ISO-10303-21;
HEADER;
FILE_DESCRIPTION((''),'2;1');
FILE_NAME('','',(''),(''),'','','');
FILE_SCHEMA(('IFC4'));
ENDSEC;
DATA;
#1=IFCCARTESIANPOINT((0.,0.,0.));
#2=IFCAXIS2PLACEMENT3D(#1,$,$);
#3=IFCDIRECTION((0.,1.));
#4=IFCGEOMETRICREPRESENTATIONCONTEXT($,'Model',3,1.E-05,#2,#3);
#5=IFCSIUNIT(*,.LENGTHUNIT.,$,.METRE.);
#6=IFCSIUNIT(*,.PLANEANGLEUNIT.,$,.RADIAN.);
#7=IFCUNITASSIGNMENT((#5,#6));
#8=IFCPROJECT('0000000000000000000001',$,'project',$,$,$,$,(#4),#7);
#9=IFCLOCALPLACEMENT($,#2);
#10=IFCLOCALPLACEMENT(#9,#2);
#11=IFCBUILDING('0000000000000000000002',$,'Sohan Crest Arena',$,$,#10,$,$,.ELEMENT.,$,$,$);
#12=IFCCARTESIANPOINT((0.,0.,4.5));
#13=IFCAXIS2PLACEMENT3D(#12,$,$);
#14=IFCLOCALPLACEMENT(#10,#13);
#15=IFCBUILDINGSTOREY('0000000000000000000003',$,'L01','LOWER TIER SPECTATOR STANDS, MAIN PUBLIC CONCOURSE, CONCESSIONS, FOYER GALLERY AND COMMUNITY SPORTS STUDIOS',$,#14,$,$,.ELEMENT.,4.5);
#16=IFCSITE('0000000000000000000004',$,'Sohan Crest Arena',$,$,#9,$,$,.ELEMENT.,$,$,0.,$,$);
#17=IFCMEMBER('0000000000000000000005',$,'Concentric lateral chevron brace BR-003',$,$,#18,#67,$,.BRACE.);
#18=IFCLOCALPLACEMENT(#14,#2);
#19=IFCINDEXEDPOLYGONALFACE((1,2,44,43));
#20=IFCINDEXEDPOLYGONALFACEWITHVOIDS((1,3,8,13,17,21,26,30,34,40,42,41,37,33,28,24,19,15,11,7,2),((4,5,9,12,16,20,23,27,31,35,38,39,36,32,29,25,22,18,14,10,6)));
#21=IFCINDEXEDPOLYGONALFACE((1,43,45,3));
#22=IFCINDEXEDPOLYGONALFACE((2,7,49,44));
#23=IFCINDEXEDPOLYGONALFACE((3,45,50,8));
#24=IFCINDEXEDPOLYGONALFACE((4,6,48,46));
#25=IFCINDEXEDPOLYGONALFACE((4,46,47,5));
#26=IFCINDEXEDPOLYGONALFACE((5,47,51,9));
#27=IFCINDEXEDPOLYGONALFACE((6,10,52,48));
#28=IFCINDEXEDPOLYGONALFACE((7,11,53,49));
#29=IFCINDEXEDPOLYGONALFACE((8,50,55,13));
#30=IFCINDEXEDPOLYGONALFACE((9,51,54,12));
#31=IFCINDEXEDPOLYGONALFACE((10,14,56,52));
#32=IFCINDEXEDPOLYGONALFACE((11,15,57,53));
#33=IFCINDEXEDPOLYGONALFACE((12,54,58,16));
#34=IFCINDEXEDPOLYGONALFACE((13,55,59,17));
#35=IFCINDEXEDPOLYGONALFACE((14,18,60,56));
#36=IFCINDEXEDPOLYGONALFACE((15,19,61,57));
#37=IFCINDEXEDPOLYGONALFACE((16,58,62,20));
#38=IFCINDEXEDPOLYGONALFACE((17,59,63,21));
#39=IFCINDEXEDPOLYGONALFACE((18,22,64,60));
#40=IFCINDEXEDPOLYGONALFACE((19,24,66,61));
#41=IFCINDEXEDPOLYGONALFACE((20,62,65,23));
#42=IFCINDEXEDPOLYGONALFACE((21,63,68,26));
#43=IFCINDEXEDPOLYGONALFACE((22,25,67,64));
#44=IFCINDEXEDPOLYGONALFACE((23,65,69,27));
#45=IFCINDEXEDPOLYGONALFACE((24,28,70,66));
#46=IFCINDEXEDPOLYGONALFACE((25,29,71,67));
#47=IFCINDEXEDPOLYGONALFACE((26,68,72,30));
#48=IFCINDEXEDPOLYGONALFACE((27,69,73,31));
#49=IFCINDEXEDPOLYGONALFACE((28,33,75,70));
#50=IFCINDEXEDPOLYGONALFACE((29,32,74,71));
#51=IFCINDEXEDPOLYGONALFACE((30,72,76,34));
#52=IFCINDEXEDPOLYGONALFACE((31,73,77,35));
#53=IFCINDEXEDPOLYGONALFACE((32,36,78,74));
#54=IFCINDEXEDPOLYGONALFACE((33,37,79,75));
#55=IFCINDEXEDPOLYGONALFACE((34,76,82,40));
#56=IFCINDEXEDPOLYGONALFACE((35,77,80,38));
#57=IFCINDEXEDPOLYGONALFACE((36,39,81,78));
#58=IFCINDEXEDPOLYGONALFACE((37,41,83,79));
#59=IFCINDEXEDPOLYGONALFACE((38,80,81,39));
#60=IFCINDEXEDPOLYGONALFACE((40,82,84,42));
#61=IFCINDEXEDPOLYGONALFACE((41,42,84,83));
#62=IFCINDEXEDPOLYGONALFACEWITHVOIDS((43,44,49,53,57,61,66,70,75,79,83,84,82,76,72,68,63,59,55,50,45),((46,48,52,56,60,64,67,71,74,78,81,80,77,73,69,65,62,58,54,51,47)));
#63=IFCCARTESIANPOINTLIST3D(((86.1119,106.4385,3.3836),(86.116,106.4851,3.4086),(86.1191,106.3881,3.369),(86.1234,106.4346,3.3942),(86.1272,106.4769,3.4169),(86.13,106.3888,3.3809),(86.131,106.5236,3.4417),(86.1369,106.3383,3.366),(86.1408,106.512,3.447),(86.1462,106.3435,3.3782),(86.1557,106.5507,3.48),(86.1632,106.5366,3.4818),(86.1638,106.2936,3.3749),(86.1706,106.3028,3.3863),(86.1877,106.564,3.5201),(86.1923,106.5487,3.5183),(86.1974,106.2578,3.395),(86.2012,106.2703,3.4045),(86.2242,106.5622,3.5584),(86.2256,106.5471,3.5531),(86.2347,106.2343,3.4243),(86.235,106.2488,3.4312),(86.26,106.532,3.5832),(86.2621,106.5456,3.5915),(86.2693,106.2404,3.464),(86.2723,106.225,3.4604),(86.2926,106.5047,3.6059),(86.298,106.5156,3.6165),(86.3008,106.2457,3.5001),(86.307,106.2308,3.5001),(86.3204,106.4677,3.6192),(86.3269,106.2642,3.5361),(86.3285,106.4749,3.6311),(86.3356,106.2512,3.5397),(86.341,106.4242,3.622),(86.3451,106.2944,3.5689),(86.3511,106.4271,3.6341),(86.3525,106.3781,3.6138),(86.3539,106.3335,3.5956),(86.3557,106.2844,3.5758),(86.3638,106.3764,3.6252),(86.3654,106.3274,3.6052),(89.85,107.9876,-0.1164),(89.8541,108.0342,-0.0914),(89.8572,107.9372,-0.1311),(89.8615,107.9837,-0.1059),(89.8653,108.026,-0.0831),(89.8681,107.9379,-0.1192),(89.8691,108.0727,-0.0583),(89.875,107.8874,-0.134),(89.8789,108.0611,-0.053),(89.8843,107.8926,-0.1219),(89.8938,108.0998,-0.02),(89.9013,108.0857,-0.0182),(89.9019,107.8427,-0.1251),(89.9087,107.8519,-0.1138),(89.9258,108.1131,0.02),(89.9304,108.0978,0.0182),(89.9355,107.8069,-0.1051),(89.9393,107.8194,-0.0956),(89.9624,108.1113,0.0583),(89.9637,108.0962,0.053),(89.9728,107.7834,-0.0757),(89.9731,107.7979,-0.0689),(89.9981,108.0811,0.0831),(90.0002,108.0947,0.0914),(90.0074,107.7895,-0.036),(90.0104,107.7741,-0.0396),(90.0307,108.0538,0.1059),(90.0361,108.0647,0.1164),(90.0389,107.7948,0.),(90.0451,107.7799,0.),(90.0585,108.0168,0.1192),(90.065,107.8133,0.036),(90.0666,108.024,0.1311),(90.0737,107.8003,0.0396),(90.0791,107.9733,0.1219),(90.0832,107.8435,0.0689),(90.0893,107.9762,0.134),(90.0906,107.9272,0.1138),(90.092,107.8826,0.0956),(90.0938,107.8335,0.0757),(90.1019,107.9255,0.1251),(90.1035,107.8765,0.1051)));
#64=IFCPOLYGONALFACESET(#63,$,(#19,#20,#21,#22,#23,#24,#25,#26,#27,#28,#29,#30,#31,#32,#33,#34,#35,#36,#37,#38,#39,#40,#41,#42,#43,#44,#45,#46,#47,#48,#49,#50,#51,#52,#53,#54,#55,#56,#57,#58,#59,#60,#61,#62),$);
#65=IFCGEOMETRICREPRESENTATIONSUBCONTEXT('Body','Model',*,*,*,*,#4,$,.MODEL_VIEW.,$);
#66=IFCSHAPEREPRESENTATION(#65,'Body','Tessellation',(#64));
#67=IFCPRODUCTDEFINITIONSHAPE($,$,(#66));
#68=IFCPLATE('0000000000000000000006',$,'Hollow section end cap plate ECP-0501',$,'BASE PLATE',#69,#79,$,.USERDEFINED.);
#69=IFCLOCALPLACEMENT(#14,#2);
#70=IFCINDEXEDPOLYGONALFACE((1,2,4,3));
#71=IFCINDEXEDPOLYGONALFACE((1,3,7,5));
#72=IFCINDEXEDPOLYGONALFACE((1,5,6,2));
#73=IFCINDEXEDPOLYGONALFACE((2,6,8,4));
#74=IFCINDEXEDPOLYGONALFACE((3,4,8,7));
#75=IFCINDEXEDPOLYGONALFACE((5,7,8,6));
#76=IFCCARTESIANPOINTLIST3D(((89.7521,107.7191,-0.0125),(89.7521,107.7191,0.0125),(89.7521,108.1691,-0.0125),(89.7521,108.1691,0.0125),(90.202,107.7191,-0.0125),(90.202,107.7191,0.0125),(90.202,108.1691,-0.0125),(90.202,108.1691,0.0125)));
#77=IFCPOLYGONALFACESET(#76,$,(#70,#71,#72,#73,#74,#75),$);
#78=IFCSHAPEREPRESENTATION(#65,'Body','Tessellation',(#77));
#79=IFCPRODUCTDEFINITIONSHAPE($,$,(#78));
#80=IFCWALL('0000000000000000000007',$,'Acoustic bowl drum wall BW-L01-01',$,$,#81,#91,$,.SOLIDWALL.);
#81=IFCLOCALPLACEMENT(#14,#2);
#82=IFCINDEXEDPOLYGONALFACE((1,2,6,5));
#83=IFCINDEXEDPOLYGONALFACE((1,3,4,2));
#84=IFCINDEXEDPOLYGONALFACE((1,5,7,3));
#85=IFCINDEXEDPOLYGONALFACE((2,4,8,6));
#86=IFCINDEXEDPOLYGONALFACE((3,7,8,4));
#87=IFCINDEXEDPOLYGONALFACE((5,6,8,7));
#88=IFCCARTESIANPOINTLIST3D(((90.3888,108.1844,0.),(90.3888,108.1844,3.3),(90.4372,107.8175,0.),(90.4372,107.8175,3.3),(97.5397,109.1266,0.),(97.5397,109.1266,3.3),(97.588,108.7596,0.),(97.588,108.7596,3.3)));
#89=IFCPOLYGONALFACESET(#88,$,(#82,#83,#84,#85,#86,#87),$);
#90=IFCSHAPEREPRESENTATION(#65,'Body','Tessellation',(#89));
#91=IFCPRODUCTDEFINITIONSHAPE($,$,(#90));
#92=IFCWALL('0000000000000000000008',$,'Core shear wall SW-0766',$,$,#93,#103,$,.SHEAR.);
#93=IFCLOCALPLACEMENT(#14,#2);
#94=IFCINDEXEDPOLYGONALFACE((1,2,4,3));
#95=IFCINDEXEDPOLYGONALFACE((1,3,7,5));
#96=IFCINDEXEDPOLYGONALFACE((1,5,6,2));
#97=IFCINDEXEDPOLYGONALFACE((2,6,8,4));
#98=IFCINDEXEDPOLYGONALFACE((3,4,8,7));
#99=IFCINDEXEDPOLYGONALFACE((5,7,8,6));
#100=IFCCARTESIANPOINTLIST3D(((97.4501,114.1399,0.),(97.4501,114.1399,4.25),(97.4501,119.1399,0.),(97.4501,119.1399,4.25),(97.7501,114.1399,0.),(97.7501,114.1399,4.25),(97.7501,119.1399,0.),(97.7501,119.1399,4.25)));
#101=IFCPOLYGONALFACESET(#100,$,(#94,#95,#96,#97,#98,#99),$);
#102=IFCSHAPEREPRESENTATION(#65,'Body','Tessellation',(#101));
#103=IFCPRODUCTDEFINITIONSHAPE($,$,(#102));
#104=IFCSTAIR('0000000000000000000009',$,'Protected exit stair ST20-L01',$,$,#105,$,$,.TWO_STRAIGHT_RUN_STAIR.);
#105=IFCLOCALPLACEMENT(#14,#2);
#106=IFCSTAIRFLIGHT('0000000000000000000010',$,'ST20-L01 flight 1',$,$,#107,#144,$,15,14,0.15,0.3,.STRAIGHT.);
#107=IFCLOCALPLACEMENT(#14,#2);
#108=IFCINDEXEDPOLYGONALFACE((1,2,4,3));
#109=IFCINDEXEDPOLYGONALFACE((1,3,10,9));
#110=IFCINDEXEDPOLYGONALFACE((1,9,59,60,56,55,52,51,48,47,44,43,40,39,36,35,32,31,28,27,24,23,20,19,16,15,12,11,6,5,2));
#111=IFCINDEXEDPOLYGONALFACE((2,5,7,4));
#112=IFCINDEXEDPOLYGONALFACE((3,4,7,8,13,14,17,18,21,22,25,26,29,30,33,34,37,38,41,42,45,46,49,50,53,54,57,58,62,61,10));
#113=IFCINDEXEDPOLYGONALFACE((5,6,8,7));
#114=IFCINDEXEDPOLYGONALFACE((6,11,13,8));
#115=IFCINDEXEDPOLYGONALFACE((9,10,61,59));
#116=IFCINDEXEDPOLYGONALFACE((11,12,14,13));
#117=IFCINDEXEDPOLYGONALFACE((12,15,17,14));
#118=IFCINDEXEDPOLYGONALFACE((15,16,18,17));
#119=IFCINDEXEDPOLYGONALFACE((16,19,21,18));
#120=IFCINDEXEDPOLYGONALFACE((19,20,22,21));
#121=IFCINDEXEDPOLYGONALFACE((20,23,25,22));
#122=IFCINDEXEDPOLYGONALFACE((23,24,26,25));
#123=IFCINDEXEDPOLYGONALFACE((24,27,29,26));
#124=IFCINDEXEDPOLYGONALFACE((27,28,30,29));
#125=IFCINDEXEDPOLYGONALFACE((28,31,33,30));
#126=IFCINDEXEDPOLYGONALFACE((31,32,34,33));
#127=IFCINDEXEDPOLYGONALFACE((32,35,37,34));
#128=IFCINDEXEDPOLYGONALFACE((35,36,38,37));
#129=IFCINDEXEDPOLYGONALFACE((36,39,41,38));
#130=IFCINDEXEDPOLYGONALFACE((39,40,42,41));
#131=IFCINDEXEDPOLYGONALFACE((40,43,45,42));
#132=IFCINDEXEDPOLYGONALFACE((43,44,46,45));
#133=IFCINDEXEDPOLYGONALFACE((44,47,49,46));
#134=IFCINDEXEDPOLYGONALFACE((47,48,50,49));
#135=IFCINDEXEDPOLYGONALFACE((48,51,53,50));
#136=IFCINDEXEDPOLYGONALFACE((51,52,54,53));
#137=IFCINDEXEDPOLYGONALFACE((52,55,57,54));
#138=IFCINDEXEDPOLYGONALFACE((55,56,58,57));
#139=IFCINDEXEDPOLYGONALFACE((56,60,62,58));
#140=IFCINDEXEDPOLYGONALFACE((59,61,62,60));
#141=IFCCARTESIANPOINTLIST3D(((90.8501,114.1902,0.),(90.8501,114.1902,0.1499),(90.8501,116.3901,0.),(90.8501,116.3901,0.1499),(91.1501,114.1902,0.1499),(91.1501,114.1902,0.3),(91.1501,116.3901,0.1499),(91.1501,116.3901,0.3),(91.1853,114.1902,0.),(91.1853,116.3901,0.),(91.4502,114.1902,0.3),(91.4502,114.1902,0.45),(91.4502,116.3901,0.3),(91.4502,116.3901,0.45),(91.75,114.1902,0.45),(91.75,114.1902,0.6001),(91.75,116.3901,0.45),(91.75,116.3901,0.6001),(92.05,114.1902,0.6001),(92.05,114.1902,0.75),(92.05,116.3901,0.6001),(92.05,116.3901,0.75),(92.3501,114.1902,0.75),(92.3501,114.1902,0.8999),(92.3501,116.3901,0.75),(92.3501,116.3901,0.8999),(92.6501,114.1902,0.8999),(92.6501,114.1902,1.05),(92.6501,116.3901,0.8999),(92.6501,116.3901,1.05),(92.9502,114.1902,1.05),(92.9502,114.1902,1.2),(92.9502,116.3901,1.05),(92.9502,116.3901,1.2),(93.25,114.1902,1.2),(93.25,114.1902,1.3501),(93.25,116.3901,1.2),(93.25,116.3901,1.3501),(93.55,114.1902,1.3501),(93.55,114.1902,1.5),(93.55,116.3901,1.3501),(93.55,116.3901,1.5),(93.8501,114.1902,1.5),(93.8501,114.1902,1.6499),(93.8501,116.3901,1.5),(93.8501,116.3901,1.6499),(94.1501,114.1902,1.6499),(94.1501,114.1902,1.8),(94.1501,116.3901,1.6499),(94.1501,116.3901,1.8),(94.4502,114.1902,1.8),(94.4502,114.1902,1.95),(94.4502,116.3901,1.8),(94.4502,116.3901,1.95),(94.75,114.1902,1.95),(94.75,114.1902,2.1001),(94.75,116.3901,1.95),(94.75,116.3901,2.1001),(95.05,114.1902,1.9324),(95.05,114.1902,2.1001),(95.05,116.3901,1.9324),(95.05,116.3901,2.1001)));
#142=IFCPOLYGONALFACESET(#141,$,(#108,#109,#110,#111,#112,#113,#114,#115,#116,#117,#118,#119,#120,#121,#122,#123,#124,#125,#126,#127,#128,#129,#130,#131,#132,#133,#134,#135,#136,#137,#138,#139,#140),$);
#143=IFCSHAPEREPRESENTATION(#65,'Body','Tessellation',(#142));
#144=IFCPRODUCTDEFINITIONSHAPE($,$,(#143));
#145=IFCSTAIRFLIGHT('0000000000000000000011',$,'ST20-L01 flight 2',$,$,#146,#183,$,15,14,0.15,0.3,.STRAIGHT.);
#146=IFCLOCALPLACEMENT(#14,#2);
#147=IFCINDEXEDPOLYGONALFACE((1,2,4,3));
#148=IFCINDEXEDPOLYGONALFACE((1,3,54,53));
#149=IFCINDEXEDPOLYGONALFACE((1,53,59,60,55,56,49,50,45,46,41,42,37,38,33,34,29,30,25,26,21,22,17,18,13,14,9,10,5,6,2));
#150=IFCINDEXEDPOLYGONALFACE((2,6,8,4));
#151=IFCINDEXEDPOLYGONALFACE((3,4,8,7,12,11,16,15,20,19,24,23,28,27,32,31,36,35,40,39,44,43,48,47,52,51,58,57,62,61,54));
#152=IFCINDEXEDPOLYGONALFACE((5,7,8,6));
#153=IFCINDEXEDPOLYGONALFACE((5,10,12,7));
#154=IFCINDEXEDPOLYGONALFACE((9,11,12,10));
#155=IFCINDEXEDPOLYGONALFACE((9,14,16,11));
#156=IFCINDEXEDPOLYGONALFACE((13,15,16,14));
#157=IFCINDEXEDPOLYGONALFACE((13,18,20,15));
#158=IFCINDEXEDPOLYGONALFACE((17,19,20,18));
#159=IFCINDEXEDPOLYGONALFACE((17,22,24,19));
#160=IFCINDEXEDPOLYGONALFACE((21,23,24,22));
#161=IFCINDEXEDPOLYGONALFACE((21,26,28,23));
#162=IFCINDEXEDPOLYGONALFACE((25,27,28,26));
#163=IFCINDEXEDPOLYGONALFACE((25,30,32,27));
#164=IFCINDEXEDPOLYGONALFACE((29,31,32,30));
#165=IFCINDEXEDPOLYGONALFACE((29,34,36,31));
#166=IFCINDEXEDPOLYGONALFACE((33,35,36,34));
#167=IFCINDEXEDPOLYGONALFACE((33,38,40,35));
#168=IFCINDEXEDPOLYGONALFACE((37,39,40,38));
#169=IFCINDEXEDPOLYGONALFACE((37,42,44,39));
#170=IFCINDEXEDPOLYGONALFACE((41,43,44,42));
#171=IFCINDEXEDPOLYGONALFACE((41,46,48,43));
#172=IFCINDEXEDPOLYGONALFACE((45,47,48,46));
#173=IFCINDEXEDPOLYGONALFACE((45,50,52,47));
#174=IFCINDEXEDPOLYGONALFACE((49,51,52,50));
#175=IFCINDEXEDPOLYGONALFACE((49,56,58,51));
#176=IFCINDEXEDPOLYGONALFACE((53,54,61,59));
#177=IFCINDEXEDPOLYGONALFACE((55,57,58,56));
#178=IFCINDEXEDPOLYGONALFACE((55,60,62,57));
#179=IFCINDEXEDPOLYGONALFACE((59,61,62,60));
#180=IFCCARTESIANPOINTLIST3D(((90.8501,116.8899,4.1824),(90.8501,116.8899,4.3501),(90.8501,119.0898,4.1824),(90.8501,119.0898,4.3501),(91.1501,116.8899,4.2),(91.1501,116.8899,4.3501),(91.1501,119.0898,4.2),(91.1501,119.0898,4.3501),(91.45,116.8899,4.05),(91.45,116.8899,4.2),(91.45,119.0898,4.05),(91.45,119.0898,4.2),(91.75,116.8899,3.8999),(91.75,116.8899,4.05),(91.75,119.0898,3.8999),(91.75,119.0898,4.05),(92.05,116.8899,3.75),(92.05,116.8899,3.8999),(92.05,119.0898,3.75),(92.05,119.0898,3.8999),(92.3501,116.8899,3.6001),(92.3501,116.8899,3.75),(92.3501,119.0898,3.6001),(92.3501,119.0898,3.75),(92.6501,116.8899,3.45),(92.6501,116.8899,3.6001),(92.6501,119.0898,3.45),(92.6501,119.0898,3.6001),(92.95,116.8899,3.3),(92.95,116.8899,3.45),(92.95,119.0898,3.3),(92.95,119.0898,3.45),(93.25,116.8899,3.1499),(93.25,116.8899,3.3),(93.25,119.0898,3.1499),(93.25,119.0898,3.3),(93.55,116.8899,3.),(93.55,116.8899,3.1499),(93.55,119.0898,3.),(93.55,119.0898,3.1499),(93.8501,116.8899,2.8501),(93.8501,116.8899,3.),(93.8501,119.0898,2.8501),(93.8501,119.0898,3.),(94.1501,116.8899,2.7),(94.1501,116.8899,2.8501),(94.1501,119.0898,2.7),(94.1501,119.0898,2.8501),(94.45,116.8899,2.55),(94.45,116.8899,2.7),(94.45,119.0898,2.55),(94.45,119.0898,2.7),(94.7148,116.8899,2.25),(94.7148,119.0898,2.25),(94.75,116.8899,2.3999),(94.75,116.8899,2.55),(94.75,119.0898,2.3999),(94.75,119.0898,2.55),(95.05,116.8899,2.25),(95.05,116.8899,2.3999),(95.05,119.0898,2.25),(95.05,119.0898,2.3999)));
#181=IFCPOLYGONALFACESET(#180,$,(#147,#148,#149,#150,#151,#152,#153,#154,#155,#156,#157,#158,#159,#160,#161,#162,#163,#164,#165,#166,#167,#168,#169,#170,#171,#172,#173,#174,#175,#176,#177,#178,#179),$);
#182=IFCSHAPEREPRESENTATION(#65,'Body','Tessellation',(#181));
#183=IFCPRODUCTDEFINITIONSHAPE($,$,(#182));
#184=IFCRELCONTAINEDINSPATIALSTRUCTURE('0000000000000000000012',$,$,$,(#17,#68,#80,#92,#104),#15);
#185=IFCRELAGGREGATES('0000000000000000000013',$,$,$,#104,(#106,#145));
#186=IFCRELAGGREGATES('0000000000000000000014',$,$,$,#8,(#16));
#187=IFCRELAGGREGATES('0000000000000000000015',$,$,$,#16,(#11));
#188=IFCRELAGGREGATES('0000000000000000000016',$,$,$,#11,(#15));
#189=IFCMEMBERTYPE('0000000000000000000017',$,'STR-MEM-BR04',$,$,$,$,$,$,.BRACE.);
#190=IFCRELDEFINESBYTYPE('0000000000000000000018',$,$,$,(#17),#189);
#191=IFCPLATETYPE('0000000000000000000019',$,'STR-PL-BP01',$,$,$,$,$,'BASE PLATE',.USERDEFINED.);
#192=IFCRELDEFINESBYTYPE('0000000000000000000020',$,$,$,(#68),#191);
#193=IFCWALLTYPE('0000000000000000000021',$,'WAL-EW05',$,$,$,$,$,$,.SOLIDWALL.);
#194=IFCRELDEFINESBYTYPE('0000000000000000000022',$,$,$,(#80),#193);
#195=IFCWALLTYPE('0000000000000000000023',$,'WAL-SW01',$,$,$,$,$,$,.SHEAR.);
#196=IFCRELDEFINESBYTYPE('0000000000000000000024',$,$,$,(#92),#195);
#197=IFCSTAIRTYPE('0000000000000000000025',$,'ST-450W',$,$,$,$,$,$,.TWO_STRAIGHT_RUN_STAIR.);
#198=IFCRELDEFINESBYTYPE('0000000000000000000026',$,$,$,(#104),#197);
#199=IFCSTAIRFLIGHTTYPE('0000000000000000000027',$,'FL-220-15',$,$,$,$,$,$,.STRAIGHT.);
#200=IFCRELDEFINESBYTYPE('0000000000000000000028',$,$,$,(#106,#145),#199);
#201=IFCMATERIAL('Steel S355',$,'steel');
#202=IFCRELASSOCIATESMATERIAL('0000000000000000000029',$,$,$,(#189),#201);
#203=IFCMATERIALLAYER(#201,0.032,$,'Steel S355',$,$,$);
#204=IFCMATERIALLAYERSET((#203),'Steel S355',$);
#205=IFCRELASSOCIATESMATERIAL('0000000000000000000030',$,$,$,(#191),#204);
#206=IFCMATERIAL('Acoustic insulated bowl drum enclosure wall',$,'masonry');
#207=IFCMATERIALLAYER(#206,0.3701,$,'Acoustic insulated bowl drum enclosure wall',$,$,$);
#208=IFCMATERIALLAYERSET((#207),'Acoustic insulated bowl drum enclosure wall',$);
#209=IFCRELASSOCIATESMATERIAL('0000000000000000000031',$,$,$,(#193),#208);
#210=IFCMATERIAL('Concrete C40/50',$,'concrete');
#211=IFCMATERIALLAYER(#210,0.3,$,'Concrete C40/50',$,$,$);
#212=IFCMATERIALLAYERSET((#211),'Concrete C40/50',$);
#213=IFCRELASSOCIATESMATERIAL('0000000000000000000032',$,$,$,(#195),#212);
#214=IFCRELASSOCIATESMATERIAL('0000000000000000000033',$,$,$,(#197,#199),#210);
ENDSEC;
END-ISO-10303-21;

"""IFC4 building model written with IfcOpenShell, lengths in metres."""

from ifc_helpers import new_model, si_unit, direction, frame, frame_2d, origin, origin_2d, place, context, subcontext, project, spatial, polyline, rectangle, hollow_circle, outline, extrude, material, layer, layer_set, material_profile, profile_set, type_object, element, aggregate, save


model = new_model("IFC4")

# Units and contexts
model_context = context("Model", 3, precision=1e-05, world=origin(), true_north=direction((0.0, 1.0)))
body_context = subcontext(model_context, "Body", "Model", "MODEL_VIEW")
ifc_project = project(units=[si_unit("LENGTHUNIT", "METRE"), si_unit("PLANEANGLEUNIT", "RADIAN")], contexts=[model_context])

# Site, building, storey
site_placement = place(None, origin())
site = spatial("IfcSite", under=ifc_project, at=site_placement, Name="Sohan Crest Arena", CompositionType="ELEMENT", RefElevation=0.0)
building_placement = place(site_placement, origin())
building = spatial("IfcBuilding", under=site, at=building_placement, Name="Sohan Crest Arena", CompositionType="ELEMENT")
storey_placement = place(building_placement, frame((0.0, 0.0, 4.5)))
storey = spatial("IfcBuildingStorey", under=building, at=storey_placement, Name="L01", Description="LOWER TIER SPECTATOR STANDS, MAIN PUBLIC CONCOURSE, CONCESSIONS, FOYER GALLERY AND COMMUNITY SPORTS STUDIOS", CompositionType="ELEMENT", Elevation=4.5)

# Shared definitions
ifc_material_1 = material(Name="Concrete C40/50", Category="concrete")
ifc_material_2 = material(Name="Steel S355", Category="steel")

# Member
ifc_material_profile_1 = material_profile(ifc_material_2, hollow_circle(Radius=0.1777, WallThickness=0.0161, at=origin_2d()), Name="CHS 355.6x16")
ifc_profile_set_1 = profile_set([ifc_material_profile_1], Name="Steel S355")
member_type = type_object("IfcMemberType", Name="STR-MEM-BR04", PredefinedType="BRACE", material=ifc_profile_set_1)
member_placement = place(storey_placement, frame((89.9771, 107.9441, 0.0), z_axis=(-0.698698, -0.289546, 0.654205), x_axis=(0.382837, -0.923816, 0.0)))
element("IfcMember", 1, at=member_placement, inside=storey, type_object=member_type, Name="Concentric lateral chevron brace BR-003", PredefinedType="BRACE", context=body_context, shape_type="SweptSolid", body=[
    extrude(hollow_circle(Radius=0.1777, WallThickness=0.0161, at=origin_2d()), origin(), (0.0, 0.0, 1.0), 5.3501),
])

# Plate
ifc_layer_1 = layer(ifc_material_2, 0.032, Name="Steel S355")
ifc_layer_set_1 = layer_set([ifc_layer_1], Name="Steel S355")
plate_type = type_object("IfcPlateType", Name="STR-PL-BP01", ElementType="BASE PLATE", PredefinedType="USERDEFINED", material=ifc_layer_set_1)
plate_placement = place(storey_placement, frame((89.9771, 107.9441, -0.0125), z_axis=(0.0, 0.0, 1.0), x_axis=(1.0, 0.0, 0.0)))
element("IfcPlate", 2, at=plate_placement, inside=storey, type_object=plate_type, Name="Hollow section end cap plate ECP-0501", ObjectType="BASE PLATE", PredefinedType="USERDEFINED", context=body_context, shape_type="SweptSolid", body=[
    extrude(rectangle(XDim=0.45, YDim=0.45, at=origin_2d()), origin(), (0.0, 0.0, 1.0), 0.0249),
])

# Walls
ifc_material_3 = material(Name="Acoustic insulated bowl drum enclosure wall", Category="masonry")
ifc_layer_2 = layer(ifc_material_3, 0.3701, Name="Acoustic insulated bowl drum enclosure wall")
ifc_layer_set_2 = layer_set([ifc_layer_2], Name="Acoustic insulated bowl drum enclosure wall")
wall_type_1 = type_object("IfcWallType", Name="WAL-EW05", PredefinedType="SOLIDWALL", material=ifc_layer_set_2)
wall_1_placement = place(storey_placement, frame((97.564, 108.9431, 0.0), z_axis=(0.0, 0.0, 1.0), x_axis=(-0.991432, -0.130623, 0.0)))
element("IfcWall", 3, at=wall_1_placement, inside=storey, type_object=wall_type_1, Name="Acoustic bowl drum wall BW-L01-01", PredefinedType="SOLIDWALL", context=body_context, shape_type="SweptSolid", body=[
    extrude(rectangle(XDim=7.2126, YDim=0.3701, at=frame_2d((3.6064, 0.0))), origin(), (0.0, 0.0, 1.0), 3.3),
])
ifc_layer_3 = layer(ifc_material_1, 0.3, Name="Concrete C40/50")
ifc_layer_set_3 = layer_set([ifc_layer_3], Name="Concrete C40/50")
wall_type_2 = type_object("IfcWallType", Name="WAL-SW01", PredefinedType="SHEAR", material=ifc_layer_set_3)
wall_2_placement = place(storey_placement, frame((97.6001, 114.1399, 0.0), z_axis=(0.0, 0.0, 1.0), x_axis=(0.0, 1.0, 0.0)))
element("IfcWall", 4, at=wall_2_placement, inside=storey, type_object=wall_type_2, Name="Core shear wall SW-0766", PredefinedType="SHEAR", context=body_context, shape_type="SweptSolid", body=[
    extrude(rectangle(XDim=5.0, YDim=0.3, at=frame_2d((2.5, 0.0))), origin(), (0.0, 0.0, 1.0), 4.25),
])

# Stair, stair flights
stair_type = type_object("IfcStairType", Name="ST-450W", PredefinedType="TWO_STRAIGHT_RUN_STAIR", material=ifc_material_1)
stair_placement = place(storey_placement, origin())
stair = element("IfcStair", 5, at=stair_placement, inside=storey, type_object=stair_type, Name="Protected exit stair ST20-L01", PredefinedType="TWO_STRAIGHT_RUN_STAIR")
stair_flight_type = type_object("IfcStairFlightType", Name="FL-220-15", PredefinedType="STRAIGHT", material=ifc_material_1)
stair_flight_1_placement = place(storey_placement, frame((90.8501, 115.29, 0.0), z_axis=(0.0, 0.0, 1.0), x_axis=(1.0, 0.0, 0.0)))
stair_flight_1 = element("IfcStairFlight", 6, at=stair_flight_1_placement, type_object=stair_flight_type, Name="ST20-L01 flight 1", NumberOfRisers=15, NumberOfTreads=14, PredefinedType="STRAIGHT", RiserHeight=0.15, TreadLength=0.3, context=body_context, shape_type="SweptSolid", body=[
    extrude(outline(polyline([(0.0, 0.0), (0.0, 0.1499), (0.3, 0.1499), (0.3, 0.3), (0.6001, 0.3), (0.6001, 0.45), (0.8999, 0.45), (0.8999, 0.6001), (1.2, 0.6001), (1.2, 0.75), (1.5, 0.75), (1.5, 0.8999), (1.8, 0.8999), (1.8, 1.05), (2.1001, 1.05), (2.1001, 1.2), (2.3999, 1.2), (2.3999, 1.3501), (2.7, 1.3501), (2.7, 1.5), (3.0, 1.5), (3.0, 1.6499), (3.3, 1.6499), (3.3, 1.8), (3.6001, 1.8), (3.6001, 1.95), (3.8999, 1.95), (3.8999, 2.1001), (4.2, 2.1001), (4.2, 2.25), (4.2, 1.9324), (0.3352, 0.0), (0.0, 0.0)])), frame((0.0, 1.1001, 0.0), z_axis=(0.0, -1.0, 0.0), x_axis=(1.0, 0.0, 0.0)), (0.0, 0.0, 1.0), 2.2),
])
stair_flight_2_placement = place(storey_placement, frame((95.05, 117.99, 2.25), z_axis=(0.0, 0.0, 1.0), x_axis=(-1.0, 0.0, 0.0)))
stair_flight_2 = element("IfcStairFlight", 7, at=stair_flight_2_placement, type_object=stair_flight_type, Name="ST20-L01 flight 2", NumberOfRisers=15, NumberOfTreads=14, PredefinedType="STRAIGHT", RiserHeight=0.15, TreadLength=0.3, context=body_context, shape_type="SweptSolid", body=[
    extrude(outline(polyline([(0.0, 0.0), (0.0, 0.1499), (0.3, 0.1499), (0.3, 0.3), (0.6001, 0.3), (0.6001, 0.45), (0.8999, 0.45), (0.8999, 0.6001), (1.2, 0.6001), (1.2, 0.75), (1.5, 0.75), (1.5, 0.8999), (1.8, 0.8999), (1.8, 1.05), (2.1001, 1.05), (2.1001, 1.2), (2.3999, 1.2), (2.3999, 1.3501), (2.7, 1.3501), (2.7, 1.5), (3.0, 1.5), (3.0, 1.6499), (3.3, 1.6499), (3.3, 1.8), (3.6001, 1.8), (3.6001, 1.95), (3.8999, 1.95), (3.8999, 2.1001), (4.2, 2.1001), (4.2, 2.25), (4.2, 1.9324), (0.3352, 0.0), (0.0, 0.0)])), frame((0.0, 1.1001, 0.0), z_axis=(0.0, -1.0, 0.0), x_axis=(1.0, 0.0, 0.0)), (0.0, 0.0, 1.0), 2.2),
])
aggregate(stair, [stair_flight_1, stair_flight_2])

save(model, "model.ifc")
